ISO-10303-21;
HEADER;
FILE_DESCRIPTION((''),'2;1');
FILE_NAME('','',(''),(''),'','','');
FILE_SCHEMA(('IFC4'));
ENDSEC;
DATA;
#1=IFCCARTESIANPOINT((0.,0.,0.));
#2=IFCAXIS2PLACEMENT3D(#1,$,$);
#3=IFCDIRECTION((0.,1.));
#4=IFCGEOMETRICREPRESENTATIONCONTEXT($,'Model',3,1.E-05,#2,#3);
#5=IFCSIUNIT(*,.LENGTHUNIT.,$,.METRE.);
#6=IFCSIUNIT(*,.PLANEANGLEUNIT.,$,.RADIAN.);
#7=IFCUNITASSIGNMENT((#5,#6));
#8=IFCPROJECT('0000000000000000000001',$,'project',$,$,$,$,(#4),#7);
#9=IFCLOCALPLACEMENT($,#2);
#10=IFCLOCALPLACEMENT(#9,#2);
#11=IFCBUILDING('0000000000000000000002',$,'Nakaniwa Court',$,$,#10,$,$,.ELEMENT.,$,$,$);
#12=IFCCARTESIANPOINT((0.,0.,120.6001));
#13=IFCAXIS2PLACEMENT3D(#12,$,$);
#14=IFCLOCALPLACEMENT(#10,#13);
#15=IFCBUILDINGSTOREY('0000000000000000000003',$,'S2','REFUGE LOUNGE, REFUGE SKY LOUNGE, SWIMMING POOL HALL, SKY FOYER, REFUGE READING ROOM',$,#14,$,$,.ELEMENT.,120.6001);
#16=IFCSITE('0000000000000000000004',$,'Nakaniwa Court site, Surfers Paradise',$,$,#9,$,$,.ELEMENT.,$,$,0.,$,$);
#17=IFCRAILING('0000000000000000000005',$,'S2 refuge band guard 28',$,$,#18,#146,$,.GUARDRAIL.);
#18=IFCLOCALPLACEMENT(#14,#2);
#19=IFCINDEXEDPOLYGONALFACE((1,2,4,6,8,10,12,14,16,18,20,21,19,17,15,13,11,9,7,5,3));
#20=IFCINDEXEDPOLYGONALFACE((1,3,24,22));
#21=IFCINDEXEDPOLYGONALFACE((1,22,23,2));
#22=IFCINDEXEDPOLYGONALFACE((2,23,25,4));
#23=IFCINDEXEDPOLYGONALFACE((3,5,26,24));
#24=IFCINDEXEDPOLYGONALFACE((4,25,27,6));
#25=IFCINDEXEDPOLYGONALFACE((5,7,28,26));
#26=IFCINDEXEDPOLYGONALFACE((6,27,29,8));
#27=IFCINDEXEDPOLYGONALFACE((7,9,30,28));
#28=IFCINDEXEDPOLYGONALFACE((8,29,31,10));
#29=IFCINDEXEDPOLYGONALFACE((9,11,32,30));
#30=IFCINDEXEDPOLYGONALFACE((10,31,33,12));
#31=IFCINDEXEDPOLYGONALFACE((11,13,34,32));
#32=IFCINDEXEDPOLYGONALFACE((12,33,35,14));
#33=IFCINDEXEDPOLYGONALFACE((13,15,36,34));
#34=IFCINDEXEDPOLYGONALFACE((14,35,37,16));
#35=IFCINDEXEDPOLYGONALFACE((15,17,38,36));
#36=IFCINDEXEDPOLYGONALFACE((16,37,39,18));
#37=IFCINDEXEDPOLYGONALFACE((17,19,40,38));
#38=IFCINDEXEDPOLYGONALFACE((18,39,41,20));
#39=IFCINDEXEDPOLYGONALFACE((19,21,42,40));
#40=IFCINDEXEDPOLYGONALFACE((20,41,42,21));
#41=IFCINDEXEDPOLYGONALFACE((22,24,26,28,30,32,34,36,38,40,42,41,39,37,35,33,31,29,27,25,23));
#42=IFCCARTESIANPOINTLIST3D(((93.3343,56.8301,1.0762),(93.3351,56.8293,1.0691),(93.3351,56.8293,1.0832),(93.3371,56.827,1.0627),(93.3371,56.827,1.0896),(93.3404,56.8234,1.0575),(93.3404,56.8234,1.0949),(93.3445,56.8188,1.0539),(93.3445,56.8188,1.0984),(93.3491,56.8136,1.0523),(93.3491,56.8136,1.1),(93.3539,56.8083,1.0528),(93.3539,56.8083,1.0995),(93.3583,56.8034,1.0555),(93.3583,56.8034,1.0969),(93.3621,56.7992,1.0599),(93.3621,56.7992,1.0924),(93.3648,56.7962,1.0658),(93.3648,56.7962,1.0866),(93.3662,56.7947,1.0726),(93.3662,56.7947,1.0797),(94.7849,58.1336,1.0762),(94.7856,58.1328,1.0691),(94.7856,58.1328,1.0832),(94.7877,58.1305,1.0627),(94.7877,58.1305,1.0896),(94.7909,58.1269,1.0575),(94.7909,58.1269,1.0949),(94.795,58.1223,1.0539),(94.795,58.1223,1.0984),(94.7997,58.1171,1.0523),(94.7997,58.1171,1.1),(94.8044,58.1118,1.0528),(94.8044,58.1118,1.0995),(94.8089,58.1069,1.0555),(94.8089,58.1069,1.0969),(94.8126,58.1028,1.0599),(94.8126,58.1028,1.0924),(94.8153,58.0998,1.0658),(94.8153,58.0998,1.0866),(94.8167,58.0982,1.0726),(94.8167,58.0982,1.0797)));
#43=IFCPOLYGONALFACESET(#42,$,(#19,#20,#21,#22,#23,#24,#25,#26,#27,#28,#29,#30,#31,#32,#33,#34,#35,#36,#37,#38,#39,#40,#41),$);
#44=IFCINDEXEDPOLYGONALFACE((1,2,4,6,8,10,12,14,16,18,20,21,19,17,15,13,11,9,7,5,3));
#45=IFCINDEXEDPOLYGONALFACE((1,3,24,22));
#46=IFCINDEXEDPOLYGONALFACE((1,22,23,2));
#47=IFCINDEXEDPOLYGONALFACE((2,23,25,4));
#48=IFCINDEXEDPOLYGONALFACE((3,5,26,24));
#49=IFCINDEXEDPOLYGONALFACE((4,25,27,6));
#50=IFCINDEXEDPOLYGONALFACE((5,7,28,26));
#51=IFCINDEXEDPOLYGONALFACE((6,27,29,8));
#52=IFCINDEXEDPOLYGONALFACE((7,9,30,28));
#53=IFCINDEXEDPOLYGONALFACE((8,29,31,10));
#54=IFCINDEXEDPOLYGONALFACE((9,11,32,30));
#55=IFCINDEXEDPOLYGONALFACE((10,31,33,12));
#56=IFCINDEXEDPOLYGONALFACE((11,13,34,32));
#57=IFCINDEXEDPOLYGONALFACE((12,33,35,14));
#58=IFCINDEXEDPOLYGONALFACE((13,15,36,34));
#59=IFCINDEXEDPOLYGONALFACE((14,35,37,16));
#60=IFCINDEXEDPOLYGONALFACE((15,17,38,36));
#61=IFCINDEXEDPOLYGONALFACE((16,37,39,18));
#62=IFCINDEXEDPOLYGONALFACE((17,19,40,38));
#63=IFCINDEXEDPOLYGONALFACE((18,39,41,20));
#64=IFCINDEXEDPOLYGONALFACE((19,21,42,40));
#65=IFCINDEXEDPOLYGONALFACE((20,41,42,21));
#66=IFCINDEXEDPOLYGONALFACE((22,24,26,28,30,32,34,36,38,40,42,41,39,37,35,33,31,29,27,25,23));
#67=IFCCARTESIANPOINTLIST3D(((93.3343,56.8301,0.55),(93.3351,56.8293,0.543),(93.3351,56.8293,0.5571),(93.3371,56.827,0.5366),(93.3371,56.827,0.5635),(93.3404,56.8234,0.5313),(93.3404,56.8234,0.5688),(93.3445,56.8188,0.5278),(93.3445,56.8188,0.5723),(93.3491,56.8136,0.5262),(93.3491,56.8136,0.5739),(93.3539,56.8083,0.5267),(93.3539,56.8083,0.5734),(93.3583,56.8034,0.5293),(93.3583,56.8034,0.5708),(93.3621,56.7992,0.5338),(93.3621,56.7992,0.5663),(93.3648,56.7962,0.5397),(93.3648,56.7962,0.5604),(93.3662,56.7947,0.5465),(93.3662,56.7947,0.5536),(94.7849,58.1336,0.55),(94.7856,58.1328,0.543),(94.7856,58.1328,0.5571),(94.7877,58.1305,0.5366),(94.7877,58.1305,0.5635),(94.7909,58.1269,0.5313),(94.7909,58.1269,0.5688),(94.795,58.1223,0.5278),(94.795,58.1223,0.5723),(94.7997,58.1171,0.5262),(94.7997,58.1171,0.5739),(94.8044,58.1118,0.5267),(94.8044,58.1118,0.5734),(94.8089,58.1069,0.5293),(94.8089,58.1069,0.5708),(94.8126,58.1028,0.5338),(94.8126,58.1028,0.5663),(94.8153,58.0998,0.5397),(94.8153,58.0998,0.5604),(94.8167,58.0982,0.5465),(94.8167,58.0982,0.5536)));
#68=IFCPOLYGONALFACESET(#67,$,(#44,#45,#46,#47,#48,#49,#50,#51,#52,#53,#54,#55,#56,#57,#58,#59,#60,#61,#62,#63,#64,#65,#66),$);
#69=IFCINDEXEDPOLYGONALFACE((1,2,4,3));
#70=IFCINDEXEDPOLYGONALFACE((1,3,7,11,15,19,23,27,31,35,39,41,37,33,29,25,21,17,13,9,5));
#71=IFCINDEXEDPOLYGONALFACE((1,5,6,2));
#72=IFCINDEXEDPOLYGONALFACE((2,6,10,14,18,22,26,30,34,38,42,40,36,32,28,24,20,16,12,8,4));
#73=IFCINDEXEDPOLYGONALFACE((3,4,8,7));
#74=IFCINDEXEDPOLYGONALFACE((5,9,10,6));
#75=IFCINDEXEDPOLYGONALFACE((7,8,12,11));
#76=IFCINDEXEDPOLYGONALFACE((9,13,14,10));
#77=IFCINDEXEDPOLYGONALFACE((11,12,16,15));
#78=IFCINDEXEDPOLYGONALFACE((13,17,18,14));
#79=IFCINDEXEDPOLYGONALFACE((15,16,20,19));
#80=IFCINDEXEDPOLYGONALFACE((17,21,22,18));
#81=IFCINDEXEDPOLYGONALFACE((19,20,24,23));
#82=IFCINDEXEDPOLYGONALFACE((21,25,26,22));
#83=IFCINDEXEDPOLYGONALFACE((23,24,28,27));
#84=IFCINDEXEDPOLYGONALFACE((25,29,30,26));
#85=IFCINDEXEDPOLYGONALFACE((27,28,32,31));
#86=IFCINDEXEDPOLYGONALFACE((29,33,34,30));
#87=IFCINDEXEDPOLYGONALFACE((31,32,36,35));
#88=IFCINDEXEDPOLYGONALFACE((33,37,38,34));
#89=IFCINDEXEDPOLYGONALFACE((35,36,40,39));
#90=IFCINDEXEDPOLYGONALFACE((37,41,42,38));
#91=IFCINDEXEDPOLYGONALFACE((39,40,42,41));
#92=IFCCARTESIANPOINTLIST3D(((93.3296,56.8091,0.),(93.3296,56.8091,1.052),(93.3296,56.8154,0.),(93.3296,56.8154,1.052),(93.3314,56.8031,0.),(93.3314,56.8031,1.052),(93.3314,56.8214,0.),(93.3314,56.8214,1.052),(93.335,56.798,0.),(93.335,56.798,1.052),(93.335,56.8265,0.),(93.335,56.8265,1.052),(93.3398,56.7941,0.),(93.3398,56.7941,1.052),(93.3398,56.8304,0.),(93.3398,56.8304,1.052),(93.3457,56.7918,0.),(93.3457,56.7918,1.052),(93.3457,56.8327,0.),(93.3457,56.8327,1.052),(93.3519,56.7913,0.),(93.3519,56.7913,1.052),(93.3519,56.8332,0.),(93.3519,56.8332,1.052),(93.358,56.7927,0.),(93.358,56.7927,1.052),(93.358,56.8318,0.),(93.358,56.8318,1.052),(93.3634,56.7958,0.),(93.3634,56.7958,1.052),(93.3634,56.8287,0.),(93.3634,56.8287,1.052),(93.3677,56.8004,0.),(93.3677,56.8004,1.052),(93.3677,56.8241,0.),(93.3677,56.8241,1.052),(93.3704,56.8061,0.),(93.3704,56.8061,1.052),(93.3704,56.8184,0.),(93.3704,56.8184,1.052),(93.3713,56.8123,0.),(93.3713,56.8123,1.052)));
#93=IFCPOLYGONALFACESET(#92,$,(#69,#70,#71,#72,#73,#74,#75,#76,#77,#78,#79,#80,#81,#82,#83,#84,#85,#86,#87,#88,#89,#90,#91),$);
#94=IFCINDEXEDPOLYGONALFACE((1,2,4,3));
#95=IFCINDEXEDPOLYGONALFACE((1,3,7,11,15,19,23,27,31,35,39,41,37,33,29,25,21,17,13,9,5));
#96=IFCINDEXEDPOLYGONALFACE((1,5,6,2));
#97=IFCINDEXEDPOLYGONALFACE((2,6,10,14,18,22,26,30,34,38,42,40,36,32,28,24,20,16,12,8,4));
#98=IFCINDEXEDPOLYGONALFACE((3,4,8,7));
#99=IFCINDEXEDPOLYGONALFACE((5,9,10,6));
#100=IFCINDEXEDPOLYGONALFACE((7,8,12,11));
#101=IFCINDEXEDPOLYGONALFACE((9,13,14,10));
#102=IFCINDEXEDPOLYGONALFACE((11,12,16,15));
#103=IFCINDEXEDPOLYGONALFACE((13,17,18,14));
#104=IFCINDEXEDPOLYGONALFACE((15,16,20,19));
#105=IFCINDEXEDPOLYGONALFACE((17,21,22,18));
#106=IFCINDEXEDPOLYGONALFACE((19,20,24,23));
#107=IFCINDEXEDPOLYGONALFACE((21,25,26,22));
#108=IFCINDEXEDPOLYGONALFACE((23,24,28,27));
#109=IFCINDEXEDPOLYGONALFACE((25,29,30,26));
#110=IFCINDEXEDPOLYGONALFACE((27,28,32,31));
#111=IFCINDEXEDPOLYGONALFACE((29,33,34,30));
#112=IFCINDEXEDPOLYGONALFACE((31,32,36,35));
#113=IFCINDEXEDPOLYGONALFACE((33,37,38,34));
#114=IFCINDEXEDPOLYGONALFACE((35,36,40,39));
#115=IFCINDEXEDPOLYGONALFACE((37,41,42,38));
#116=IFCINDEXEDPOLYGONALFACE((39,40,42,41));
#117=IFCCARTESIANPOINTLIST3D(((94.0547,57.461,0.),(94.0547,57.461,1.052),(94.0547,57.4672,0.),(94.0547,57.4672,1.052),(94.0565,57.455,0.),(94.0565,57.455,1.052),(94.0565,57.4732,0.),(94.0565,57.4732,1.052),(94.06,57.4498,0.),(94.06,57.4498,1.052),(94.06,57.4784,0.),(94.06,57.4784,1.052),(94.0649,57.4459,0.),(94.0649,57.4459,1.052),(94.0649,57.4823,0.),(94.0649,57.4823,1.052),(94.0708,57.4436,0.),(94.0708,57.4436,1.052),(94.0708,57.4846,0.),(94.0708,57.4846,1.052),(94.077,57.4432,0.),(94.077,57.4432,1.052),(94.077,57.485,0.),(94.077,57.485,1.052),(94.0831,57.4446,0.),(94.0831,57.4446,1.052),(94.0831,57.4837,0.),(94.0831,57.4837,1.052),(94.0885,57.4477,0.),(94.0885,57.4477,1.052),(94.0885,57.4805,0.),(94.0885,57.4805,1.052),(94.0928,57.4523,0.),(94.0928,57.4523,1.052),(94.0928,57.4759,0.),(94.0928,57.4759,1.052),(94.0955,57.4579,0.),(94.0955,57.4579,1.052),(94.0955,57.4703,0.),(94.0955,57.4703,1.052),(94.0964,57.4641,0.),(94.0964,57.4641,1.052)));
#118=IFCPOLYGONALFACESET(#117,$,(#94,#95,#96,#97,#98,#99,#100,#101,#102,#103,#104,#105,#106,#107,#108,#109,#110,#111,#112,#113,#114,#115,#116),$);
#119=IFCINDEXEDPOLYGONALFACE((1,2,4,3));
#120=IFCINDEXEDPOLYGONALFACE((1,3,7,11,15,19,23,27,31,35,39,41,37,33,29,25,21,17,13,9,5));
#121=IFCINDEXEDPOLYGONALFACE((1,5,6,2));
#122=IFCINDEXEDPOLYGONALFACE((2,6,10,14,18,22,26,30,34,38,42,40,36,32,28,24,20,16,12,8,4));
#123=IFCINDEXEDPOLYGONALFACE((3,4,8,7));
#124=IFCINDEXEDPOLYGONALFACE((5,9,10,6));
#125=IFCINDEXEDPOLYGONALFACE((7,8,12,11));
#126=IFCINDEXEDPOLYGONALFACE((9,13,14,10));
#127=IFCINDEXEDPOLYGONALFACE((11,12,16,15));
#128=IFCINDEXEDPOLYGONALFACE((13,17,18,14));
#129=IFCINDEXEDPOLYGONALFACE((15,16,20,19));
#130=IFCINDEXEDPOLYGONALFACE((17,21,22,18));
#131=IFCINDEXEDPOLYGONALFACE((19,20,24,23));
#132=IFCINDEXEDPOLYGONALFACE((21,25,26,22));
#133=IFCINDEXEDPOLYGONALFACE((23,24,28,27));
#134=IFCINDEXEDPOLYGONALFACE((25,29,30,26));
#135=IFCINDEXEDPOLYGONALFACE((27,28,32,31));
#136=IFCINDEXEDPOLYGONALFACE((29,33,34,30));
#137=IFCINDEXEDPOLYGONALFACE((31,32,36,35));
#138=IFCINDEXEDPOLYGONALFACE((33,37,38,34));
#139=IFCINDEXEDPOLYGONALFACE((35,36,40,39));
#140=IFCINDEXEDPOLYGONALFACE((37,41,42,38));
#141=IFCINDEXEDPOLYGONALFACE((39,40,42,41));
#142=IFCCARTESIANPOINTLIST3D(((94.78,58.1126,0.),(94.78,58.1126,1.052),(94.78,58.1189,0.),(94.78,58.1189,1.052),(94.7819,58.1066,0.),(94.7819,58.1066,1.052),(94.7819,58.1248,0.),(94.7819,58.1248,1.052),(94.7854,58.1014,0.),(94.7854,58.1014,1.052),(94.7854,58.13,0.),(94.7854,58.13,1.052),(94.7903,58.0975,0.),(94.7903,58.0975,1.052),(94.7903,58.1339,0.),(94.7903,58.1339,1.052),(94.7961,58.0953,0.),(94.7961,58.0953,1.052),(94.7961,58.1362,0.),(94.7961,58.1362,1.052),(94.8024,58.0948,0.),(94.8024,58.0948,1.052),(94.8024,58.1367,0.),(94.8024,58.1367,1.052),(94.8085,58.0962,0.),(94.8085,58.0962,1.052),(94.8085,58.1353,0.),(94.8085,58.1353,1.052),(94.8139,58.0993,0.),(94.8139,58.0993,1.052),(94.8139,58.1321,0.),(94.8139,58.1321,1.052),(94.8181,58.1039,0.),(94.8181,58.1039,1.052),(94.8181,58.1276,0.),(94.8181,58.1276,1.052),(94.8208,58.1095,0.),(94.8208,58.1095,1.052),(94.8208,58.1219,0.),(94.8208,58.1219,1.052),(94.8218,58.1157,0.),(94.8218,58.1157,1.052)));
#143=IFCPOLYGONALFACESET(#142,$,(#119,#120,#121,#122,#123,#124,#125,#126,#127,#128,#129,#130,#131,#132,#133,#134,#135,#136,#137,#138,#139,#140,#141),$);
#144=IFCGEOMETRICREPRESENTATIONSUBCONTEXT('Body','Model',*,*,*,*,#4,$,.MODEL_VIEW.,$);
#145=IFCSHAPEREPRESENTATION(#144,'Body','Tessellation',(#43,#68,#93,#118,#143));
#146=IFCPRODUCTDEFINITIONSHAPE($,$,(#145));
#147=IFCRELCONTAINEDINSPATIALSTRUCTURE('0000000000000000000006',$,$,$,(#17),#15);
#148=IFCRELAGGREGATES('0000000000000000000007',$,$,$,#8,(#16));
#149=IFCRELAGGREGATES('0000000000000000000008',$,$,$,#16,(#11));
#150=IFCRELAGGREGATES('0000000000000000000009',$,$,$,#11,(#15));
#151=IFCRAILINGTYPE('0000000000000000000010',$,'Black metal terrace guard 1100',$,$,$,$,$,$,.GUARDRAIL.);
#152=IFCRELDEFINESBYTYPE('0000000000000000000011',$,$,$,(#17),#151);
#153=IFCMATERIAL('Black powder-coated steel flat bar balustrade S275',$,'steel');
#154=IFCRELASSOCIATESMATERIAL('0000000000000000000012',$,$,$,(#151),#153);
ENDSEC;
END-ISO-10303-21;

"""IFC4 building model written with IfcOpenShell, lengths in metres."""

from ifc_helpers import new_model, si_unit, direction, frame, origin, origin_2d, place, context, subcontext, project, spatial, circle, extrude, material, type_object, element, save


model = new_model("IFC4")

# Units and contexts
model_context = context("Model", 3, precision=1e-05, world=origin(), true_north=direction((0.0, 1.0)))
body_context = subcontext(model_context, "Body", "Model", "MODEL_VIEW")
ifc_project = project(units=[si_unit("LENGTHUNIT", "METRE"), si_unit("PLANEANGLEUNIT", "RADIAN")], contexts=[model_context])

# Site, building, storey
site_placement = place(None, origin())
site = spatial("IfcSite", under=ifc_project, at=site_placement, Name="Nakaniwa Court site, Surfers Paradise", CompositionType="ELEMENT", RefElevation=0.0)
building_placement = place(site_placement, origin())
building = spatial("IfcBuilding", under=site, at=building_placement, Name="Nakaniwa Court", CompositionType="ELEMENT")
storey_placement = place(building_placement, frame((0.0, 0.0, 120.6001)))
storey = spatial("IfcBuildingStorey", under=building, at=storey_placement, Name="S2", Description="REFUGE LOUNGE, REFUGE SKY LOUNGE, SWIMMING POOL HALL, SKY FOYER, REFUGE READING ROOM", CompositionType="ELEMENT", Elevation=120.6001)

# Railing
ifc_material_1 = material(Name="Black powder-coated steel flat bar balustrade S275", Category="steel")
railing_type = type_object("IfcRailingType", Name="Black metal terrace guard 1100", PredefinedType="GUARDRAIL", material=ifc_material_1)
railing_1_placement = place(storey_placement, frame((93.3503, 56.8123, 0.0)))
element("IfcRailing", 1, at=railing_1_placement, inside=storey, type_object=railing_type, Name="S2 refuge band guard 28", PredefinedType="GUARDRAIL", context=body_context, shape_type="SweptSolid", body=[
    extrude(circle(Radius=0.0239, at=origin_2d()), frame((0.0, 0.0, 1.0762), z_axis=(0.743786, 0.668418, 0.0), x_axis=(-0.668418, 0.743786, 0.0)), (0.0, 0.0, 1.0), 1.9502),
    extrude(circle(Radius=0.0239, at=origin_2d()), frame((0.0, 0.0, 0.55), z_axis=(0.743786, 0.668418, 0.0), x_axis=(-0.668418, 0.743786, 0.0)), (0.0, 0.0, 1.0), 1.9502),
    extrude(circle(Radius=0.021, at=origin_2d()), origin(), (0.0, 0.0, 1.0), 1.052),
    extrude(circle(Radius=0.021, at=origin_2d()), frame((0.7251, 0.6519, 0.0)), (0.0, 0.0, 1.0), 1.052),
    extrude(circle(Radius=0.021, at=origin_2d()), frame((1.4504, 1.3035, 0.0)), (0.0, 0.0, 1.0), 1.052),
])

save(model, "model.ifc")
